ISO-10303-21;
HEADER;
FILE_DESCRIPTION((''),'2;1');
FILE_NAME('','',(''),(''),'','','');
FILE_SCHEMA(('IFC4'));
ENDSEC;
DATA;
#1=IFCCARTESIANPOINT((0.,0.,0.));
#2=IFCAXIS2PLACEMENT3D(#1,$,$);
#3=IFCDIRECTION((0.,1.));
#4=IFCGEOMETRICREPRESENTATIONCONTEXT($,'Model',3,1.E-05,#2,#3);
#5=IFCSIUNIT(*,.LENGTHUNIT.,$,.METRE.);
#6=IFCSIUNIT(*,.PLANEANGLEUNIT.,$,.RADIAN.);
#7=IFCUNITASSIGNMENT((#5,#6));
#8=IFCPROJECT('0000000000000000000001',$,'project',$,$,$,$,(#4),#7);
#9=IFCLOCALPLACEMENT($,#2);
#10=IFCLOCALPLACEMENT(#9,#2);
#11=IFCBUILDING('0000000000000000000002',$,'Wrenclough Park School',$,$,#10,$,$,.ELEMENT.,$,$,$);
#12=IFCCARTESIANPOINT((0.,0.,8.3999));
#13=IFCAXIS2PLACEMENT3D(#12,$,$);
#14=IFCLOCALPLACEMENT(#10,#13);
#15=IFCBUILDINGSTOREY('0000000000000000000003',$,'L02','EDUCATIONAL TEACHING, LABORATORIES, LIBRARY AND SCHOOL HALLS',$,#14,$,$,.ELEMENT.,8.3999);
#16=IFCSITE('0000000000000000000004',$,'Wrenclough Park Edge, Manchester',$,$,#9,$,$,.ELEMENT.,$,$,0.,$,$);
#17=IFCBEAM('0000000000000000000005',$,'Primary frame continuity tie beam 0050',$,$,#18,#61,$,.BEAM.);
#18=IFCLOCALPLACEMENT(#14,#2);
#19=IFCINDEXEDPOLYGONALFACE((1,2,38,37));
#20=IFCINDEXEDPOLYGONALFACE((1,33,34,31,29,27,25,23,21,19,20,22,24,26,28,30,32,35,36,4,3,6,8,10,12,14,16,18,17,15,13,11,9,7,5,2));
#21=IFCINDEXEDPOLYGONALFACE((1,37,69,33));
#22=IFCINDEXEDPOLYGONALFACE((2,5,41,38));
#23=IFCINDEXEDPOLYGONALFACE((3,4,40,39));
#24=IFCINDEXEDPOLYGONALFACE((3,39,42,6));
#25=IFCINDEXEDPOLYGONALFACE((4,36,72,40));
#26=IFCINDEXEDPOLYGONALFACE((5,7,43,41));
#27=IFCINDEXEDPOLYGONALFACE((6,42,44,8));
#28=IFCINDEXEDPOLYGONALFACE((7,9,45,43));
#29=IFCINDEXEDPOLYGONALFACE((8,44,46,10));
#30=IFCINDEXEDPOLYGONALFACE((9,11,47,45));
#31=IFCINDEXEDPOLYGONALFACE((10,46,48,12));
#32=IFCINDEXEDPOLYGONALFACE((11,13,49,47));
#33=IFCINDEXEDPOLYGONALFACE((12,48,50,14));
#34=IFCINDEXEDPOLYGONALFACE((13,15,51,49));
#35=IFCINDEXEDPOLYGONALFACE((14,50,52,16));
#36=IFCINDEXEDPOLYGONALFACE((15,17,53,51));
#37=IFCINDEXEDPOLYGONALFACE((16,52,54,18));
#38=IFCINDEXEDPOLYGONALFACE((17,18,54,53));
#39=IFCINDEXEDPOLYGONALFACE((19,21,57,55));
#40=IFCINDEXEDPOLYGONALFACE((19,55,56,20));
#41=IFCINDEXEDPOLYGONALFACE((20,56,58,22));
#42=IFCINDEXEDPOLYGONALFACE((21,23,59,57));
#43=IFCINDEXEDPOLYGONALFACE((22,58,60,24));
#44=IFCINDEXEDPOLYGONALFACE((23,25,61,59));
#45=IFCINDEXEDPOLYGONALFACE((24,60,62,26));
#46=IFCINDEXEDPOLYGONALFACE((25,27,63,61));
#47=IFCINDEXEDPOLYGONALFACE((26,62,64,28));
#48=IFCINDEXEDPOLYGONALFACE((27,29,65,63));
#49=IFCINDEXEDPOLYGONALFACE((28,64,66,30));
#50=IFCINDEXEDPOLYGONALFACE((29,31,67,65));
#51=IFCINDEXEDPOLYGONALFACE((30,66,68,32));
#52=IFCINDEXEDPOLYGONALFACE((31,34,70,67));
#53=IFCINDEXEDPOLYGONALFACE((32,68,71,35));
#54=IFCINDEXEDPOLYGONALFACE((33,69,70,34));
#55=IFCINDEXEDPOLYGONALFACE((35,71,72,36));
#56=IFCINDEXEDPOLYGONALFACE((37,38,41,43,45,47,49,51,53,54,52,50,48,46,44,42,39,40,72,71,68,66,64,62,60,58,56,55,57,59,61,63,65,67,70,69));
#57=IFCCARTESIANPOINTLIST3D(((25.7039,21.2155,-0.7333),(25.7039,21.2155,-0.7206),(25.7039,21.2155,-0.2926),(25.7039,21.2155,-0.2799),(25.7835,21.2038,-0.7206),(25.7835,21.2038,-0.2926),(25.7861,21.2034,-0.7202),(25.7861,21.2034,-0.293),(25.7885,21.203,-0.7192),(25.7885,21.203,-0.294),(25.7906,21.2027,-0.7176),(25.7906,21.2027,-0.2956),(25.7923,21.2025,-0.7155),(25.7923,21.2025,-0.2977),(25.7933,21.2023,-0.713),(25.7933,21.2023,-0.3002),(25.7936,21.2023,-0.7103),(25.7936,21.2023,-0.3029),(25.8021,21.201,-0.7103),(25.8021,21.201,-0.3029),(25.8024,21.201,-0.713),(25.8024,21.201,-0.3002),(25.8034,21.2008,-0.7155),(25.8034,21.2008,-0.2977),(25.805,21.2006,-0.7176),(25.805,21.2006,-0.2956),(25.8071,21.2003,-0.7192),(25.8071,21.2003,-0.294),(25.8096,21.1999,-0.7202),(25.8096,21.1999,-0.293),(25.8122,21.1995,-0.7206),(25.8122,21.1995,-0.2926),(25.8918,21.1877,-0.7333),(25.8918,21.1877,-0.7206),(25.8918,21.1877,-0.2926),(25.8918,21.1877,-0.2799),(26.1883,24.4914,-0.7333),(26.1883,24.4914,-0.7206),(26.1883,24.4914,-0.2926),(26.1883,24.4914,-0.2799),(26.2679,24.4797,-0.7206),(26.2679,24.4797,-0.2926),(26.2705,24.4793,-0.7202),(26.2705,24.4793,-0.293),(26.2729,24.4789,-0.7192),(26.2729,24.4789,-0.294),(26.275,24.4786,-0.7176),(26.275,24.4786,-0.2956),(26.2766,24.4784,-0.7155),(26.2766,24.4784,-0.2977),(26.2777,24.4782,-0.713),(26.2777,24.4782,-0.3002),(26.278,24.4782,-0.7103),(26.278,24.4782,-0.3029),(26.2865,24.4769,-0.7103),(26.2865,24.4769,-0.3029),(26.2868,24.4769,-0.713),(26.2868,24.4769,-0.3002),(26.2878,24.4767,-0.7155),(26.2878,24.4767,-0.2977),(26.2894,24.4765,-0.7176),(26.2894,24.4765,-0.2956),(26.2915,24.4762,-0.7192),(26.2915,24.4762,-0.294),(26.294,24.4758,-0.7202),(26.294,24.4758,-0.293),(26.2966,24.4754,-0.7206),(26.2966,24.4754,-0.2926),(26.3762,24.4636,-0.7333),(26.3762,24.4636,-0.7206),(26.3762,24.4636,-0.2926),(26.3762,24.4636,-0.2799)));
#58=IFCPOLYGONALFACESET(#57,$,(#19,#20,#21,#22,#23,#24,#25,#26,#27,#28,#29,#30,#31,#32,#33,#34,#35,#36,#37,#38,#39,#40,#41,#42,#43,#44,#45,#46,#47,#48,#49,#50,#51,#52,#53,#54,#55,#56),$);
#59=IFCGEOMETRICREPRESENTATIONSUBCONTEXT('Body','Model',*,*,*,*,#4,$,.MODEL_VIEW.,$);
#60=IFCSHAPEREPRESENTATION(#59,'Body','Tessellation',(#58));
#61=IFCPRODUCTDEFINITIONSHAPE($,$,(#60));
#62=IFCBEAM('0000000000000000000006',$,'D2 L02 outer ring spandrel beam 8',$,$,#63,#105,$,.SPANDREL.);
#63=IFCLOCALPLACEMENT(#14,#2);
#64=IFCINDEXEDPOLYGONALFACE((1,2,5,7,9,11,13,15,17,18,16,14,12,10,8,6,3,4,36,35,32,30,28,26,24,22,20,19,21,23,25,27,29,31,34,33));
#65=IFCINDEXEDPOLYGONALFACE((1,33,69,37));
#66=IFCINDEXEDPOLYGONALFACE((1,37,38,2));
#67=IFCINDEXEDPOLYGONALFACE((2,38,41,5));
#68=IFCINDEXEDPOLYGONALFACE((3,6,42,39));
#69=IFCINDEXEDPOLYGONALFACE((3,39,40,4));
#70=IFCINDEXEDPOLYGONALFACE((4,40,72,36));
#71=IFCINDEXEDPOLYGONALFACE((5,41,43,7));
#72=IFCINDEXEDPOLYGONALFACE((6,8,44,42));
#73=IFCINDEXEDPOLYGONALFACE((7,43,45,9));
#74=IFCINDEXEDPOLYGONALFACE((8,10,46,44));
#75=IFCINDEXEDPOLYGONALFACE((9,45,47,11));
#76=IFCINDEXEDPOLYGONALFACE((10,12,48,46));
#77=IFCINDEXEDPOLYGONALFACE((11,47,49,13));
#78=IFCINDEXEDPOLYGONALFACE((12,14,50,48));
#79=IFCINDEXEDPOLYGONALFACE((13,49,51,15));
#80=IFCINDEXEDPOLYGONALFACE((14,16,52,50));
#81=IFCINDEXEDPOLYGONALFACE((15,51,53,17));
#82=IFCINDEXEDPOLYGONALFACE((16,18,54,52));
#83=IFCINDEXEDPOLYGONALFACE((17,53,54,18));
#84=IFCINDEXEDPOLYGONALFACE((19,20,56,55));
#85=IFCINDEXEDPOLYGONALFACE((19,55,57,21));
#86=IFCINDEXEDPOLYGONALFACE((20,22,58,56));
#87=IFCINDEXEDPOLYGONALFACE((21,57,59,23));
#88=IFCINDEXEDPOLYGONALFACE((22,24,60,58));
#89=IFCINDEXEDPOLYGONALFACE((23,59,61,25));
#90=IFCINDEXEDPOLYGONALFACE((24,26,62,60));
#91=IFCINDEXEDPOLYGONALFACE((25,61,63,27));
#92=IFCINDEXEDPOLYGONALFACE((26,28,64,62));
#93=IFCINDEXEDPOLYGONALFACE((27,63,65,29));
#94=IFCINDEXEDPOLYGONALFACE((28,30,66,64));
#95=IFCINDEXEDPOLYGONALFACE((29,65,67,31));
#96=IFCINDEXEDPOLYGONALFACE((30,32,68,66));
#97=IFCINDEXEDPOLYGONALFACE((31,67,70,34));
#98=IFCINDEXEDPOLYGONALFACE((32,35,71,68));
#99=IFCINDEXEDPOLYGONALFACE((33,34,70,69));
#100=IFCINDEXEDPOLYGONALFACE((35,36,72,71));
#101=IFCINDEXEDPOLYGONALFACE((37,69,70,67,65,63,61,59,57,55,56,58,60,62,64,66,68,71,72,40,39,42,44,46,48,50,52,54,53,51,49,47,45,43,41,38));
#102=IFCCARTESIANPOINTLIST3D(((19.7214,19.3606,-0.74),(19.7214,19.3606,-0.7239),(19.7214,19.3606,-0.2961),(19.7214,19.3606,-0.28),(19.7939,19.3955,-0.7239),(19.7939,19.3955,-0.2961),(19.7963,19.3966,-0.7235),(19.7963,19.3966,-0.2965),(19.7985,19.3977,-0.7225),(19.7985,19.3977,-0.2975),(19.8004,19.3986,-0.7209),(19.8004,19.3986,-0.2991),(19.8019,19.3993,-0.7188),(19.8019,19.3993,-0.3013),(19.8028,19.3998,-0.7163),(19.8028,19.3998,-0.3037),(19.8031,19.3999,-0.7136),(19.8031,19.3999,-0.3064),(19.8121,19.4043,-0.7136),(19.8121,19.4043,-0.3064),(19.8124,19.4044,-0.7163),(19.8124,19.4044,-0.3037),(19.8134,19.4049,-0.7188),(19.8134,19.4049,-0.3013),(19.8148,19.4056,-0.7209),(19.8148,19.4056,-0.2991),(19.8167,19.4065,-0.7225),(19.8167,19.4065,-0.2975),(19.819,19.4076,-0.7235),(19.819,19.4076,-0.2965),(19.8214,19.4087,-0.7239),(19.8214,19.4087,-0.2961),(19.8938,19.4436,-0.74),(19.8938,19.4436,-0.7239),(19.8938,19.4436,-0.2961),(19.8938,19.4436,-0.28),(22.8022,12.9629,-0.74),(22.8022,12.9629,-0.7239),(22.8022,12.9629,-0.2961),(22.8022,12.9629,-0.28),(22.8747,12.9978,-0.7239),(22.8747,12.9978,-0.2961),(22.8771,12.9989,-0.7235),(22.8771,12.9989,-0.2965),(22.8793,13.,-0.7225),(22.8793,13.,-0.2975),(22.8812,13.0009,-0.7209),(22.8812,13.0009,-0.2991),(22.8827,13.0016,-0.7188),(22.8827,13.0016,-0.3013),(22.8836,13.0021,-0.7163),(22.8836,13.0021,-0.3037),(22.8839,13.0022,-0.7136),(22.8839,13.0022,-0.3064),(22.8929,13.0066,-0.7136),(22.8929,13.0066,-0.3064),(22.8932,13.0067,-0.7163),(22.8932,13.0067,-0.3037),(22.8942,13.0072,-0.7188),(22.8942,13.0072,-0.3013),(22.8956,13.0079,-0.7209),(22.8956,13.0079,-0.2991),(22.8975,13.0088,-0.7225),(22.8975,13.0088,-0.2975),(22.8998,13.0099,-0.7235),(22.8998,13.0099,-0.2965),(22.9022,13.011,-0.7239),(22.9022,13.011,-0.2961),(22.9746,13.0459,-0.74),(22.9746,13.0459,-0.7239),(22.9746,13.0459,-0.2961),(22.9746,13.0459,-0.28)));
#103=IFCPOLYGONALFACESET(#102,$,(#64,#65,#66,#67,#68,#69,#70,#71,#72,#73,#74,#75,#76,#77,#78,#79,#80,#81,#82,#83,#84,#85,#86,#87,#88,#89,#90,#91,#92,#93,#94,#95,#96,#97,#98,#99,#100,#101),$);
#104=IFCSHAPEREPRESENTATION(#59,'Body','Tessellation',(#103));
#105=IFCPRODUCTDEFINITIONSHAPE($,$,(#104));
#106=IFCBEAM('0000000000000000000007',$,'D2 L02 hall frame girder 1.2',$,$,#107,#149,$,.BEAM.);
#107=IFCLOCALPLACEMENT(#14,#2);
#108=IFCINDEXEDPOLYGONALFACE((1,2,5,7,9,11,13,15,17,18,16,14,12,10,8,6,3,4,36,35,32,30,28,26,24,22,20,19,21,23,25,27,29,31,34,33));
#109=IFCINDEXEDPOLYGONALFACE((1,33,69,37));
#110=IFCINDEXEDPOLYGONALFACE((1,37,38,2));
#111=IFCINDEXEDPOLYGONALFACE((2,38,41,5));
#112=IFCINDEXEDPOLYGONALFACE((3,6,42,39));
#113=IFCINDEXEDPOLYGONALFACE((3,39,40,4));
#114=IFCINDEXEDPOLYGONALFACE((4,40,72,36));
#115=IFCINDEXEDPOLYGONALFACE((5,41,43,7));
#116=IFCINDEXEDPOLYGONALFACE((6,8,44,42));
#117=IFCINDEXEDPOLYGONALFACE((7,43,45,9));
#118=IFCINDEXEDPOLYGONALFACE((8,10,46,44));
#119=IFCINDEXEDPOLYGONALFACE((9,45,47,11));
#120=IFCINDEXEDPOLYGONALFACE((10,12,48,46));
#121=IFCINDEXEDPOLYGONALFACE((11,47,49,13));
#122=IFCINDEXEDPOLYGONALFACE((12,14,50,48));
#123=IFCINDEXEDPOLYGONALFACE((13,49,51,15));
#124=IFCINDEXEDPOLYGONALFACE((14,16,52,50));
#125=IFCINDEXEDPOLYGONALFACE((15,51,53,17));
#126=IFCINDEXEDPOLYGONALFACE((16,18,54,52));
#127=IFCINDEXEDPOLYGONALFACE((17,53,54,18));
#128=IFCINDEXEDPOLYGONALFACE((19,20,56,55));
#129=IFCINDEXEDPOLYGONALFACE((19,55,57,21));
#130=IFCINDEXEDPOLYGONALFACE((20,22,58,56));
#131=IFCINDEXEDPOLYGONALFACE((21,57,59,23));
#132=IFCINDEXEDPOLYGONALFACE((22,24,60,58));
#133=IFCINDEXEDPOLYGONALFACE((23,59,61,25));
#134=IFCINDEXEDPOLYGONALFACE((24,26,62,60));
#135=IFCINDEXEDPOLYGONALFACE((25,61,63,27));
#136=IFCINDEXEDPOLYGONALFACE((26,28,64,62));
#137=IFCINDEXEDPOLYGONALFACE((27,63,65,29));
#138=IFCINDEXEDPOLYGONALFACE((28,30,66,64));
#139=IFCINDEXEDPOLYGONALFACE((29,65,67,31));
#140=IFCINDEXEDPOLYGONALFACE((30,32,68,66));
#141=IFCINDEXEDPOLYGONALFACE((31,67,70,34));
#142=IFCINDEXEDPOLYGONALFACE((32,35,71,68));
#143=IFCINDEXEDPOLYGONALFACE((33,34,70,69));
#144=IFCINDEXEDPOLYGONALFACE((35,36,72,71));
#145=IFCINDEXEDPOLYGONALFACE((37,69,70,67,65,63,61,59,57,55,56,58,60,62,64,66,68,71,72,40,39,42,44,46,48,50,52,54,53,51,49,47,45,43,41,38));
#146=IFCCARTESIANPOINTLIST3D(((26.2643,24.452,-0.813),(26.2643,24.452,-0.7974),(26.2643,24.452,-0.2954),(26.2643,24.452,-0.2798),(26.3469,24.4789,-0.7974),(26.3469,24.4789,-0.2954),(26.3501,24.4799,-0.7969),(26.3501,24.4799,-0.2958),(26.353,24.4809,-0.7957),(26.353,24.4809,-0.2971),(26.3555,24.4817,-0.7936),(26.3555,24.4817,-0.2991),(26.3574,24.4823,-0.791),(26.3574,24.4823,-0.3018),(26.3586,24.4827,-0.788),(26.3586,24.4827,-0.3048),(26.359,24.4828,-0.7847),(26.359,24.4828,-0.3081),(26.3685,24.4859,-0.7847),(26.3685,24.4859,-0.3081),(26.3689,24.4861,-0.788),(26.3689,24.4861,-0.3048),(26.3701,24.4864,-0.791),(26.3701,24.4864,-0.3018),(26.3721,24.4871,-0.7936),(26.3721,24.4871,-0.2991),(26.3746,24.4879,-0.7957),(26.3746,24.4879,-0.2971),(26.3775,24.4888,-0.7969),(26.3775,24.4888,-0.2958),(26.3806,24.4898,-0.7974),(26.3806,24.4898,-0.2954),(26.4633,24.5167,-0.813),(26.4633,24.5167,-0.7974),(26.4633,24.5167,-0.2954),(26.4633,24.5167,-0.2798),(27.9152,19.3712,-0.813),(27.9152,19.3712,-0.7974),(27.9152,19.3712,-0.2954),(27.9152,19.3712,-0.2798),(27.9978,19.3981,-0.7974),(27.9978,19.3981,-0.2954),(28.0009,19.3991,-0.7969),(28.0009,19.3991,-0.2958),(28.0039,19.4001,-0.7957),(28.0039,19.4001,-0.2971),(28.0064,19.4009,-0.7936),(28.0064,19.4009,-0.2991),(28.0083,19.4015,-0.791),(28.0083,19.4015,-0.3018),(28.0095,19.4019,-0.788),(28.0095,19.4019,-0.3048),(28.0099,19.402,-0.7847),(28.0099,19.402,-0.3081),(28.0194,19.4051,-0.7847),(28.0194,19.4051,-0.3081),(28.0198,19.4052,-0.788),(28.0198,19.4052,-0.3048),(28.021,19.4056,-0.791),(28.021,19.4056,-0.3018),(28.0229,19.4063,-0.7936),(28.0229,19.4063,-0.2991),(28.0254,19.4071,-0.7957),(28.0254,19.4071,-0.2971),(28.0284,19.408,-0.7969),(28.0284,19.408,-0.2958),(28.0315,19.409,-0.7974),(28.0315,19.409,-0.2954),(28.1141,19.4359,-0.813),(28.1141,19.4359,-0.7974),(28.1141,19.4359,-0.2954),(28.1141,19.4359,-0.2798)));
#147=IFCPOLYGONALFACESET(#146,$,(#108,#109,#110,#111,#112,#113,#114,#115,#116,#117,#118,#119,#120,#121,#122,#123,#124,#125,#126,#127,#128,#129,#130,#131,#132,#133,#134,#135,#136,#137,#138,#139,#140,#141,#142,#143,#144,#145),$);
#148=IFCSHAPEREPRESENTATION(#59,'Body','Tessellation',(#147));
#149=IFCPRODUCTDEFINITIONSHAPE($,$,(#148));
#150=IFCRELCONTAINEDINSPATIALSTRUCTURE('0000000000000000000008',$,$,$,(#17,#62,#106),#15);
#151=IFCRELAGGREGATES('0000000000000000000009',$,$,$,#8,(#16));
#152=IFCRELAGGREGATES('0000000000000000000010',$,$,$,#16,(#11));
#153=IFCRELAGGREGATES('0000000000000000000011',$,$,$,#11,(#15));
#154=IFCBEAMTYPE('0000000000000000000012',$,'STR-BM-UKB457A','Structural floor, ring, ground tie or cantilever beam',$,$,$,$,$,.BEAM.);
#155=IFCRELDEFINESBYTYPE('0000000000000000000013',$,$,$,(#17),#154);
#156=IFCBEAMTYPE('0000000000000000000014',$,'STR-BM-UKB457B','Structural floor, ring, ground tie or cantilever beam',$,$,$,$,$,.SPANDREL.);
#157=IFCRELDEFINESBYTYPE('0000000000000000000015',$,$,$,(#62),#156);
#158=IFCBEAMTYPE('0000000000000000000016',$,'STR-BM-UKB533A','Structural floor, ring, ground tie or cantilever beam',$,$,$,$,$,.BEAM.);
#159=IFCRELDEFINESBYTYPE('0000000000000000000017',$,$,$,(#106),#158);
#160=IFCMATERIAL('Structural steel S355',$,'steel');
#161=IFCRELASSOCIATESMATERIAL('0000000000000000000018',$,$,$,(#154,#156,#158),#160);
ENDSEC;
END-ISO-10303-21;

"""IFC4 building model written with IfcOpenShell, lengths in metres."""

from ifc_helpers import new_model, si_unit, direction, frame, origin, origin_2d, place, context, subcontext, project, spatial, i_section, extrude, material, material_profile, profile_set, type_object, element, save


model = new_model("IFC4")

# Units and contexts
model_context = context("Model", 3, precision=1e-05, world=origin(), true_north=direction((0.0, 1.0)))
body_context = subcontext(model_context, "Body", "Model", "MODEL_VIEW")
ifc_project = project(units=[si_unit("LENGTHUNIT", "METRE"), si_unit("PLANEANGLEUNIT", "RADIAN")], contexts=[model_context])

# Site, building, storey
site_placement = place(None, origin())
site = spatial("IfcSite", under=ifc_project, at=site_placement, Name="Wrenclough Park Edge, Manchester", CompositionType="ELEMENT", RefElevation=0.0)
building_placement = place(site_placement, origin())
building = spatial("IfcBuilding", under=site, at=building_placement, Name="Wrenclough Park School", CompositionType="ELEMENT")
storey_placement = place(building_placement, frame((0.0, 0.0, 8.3999)))
storey = spatial("IfcBuildingStorey", under=building, at=storey_placement, Name="L02", Description="EDUCATIONAL TEACHING, LABORATORIES, LIBRARY AND SCHOOL HALLS", CompositionType="ELEMENT", Elevation=8.3999)

# Shared definitions
ifc_material_1 = material(Name="Structural steel S355", Category="steel")

# Beams
ifc_material_profile_1 = material_profile(ifc_material_1, i_section(OverallWidth=0.1899, OverallDepth=0.4534, WebThickness=0.0085, FlangeThickness=0.0127, FilletRadius=0.0103, at=origin_2d()), Name="UKB 457x191x67")
ifc_profile_set_1 = profile_set([ifc_material_profile_1], Name="Structural steel S355")
beam_type_1 = type_object("IfcBeamType", Name="STR-BM-UKB457A", Description="Structural floor, ring, ground tie or cantilever beam", PredefinedType="BEAM", material=ifc_profile_set_1)
beam_1_placement = place(storey_placement, frame((26.2822, 24.4775, -0.5066), z_axis=(-0.146271, -0.989245, 0.0), x_axis=(0.989245, -0.146271, 0.0)))
element("IfcBeam", 1, at=beam_1_placement, inside=storey, type_object=beam_type_1, Name="Primary frame continuity tie beam 0050", PredefinedType="BEAM", context=body_context, shape_type="SweptSolid", body=[
    extrude(i_section(OverallWidth=0.1899, OverallDepth=0.4534, WebThickness=0.0085, FlangeThickness=0.0127, FilletRadius=0.0103, at=origin_2d()), origin(), (0.0, 0.0, 1.0), 3.3115),
])
ifc_material_profile_2 = material_profile(ifc_material_1, i_section(OverallWidth=0.1914, OverallDepth=0.46, WebThickness=0.01, FlangeThickness=0.0161, FilletRadius=0.0103, at=origin_2d()), Name="UKB 457x191x82")
ifc_profile_set_2 = profile_set([ifc_material_profile_2], Name="Structural steel S355")
beam_type_2 = type_object("IfcBeamType", Name="STR-BM-UKB457B", Description="Structural floor, ring, ground tie or cantilever beam", PredefinedType="SPANDREL", material=ifc_profile_set_2)
beam_2_placement = place(storey_placement, frame((19.8076, 19.4021, -0.51), z_axis=(0.433865, -0.900978, 0.0), x_axis=(0.900978, 0.433865, 0.0)))
element("IfcBeam", 2, at=beam_2_placement, inside=storey, type_object=beam_type_2, Name="D2 L02 outer ring spandrel beam 8", PredefinedType="SPANDREL", context=body_context, shape_type="SweptSolid", body=[
    extrude(i_section(OverallWidth=0.1914, OverallDepth=0.46, WebThickness=0.01, FlangeThickness=0.0161, FilletRadius=0.0103, at=origin_2d()), origin(), (0.0, 0.0, 1.0), 7.1008),
])
ifc_material_profile_3 = material_profile(ifc_material_1, i_section(OverallWidth=0.2092, OverallDepth=0.5332, WebThickness=0.01, FlangeThickness=0.0156, FilletRadius=0.0127, at=origin_2d()), Name="UKB 533x210x92")
ifc_profile_set_3 = profile_set([ifc_material_profile_3], Name="Structural steel S355")
beam_type_3 = type_object("IfcBeamType", Name="STR-BM-UKB533A", Description="Structural floor, ring, ground tie or cantilever beam", PredefinedType="BEAM", material=ifc_profile_set_3)
beam_3_placement = place(storey_placement, frame((28.0146, 19.4036, -0.5464), z_axis=(-0.309021, 0.951055, 0.0), x_axis=(-0.951055, -0.309021, 0.0)))
element("IfcBeam", 3, at=beam_3_placement, inside=storey, type_object=beam_type_3, Name="D2 L02 hall frame girder 1.2", PredefinedType="BEAM", context=body_context, shape_type="SweptSolid", body=[
    extrude(i_section(OverallWidth=0.2092, OverallDepth=0.5332, WebThickness=0.01, FlangeThickness=0.0156, FilletRadius=0.0127, at=origin_2d()), origin(), (0.0, 0.0, 1.0), 5.3423),
])

save(model, "model.ifc")
